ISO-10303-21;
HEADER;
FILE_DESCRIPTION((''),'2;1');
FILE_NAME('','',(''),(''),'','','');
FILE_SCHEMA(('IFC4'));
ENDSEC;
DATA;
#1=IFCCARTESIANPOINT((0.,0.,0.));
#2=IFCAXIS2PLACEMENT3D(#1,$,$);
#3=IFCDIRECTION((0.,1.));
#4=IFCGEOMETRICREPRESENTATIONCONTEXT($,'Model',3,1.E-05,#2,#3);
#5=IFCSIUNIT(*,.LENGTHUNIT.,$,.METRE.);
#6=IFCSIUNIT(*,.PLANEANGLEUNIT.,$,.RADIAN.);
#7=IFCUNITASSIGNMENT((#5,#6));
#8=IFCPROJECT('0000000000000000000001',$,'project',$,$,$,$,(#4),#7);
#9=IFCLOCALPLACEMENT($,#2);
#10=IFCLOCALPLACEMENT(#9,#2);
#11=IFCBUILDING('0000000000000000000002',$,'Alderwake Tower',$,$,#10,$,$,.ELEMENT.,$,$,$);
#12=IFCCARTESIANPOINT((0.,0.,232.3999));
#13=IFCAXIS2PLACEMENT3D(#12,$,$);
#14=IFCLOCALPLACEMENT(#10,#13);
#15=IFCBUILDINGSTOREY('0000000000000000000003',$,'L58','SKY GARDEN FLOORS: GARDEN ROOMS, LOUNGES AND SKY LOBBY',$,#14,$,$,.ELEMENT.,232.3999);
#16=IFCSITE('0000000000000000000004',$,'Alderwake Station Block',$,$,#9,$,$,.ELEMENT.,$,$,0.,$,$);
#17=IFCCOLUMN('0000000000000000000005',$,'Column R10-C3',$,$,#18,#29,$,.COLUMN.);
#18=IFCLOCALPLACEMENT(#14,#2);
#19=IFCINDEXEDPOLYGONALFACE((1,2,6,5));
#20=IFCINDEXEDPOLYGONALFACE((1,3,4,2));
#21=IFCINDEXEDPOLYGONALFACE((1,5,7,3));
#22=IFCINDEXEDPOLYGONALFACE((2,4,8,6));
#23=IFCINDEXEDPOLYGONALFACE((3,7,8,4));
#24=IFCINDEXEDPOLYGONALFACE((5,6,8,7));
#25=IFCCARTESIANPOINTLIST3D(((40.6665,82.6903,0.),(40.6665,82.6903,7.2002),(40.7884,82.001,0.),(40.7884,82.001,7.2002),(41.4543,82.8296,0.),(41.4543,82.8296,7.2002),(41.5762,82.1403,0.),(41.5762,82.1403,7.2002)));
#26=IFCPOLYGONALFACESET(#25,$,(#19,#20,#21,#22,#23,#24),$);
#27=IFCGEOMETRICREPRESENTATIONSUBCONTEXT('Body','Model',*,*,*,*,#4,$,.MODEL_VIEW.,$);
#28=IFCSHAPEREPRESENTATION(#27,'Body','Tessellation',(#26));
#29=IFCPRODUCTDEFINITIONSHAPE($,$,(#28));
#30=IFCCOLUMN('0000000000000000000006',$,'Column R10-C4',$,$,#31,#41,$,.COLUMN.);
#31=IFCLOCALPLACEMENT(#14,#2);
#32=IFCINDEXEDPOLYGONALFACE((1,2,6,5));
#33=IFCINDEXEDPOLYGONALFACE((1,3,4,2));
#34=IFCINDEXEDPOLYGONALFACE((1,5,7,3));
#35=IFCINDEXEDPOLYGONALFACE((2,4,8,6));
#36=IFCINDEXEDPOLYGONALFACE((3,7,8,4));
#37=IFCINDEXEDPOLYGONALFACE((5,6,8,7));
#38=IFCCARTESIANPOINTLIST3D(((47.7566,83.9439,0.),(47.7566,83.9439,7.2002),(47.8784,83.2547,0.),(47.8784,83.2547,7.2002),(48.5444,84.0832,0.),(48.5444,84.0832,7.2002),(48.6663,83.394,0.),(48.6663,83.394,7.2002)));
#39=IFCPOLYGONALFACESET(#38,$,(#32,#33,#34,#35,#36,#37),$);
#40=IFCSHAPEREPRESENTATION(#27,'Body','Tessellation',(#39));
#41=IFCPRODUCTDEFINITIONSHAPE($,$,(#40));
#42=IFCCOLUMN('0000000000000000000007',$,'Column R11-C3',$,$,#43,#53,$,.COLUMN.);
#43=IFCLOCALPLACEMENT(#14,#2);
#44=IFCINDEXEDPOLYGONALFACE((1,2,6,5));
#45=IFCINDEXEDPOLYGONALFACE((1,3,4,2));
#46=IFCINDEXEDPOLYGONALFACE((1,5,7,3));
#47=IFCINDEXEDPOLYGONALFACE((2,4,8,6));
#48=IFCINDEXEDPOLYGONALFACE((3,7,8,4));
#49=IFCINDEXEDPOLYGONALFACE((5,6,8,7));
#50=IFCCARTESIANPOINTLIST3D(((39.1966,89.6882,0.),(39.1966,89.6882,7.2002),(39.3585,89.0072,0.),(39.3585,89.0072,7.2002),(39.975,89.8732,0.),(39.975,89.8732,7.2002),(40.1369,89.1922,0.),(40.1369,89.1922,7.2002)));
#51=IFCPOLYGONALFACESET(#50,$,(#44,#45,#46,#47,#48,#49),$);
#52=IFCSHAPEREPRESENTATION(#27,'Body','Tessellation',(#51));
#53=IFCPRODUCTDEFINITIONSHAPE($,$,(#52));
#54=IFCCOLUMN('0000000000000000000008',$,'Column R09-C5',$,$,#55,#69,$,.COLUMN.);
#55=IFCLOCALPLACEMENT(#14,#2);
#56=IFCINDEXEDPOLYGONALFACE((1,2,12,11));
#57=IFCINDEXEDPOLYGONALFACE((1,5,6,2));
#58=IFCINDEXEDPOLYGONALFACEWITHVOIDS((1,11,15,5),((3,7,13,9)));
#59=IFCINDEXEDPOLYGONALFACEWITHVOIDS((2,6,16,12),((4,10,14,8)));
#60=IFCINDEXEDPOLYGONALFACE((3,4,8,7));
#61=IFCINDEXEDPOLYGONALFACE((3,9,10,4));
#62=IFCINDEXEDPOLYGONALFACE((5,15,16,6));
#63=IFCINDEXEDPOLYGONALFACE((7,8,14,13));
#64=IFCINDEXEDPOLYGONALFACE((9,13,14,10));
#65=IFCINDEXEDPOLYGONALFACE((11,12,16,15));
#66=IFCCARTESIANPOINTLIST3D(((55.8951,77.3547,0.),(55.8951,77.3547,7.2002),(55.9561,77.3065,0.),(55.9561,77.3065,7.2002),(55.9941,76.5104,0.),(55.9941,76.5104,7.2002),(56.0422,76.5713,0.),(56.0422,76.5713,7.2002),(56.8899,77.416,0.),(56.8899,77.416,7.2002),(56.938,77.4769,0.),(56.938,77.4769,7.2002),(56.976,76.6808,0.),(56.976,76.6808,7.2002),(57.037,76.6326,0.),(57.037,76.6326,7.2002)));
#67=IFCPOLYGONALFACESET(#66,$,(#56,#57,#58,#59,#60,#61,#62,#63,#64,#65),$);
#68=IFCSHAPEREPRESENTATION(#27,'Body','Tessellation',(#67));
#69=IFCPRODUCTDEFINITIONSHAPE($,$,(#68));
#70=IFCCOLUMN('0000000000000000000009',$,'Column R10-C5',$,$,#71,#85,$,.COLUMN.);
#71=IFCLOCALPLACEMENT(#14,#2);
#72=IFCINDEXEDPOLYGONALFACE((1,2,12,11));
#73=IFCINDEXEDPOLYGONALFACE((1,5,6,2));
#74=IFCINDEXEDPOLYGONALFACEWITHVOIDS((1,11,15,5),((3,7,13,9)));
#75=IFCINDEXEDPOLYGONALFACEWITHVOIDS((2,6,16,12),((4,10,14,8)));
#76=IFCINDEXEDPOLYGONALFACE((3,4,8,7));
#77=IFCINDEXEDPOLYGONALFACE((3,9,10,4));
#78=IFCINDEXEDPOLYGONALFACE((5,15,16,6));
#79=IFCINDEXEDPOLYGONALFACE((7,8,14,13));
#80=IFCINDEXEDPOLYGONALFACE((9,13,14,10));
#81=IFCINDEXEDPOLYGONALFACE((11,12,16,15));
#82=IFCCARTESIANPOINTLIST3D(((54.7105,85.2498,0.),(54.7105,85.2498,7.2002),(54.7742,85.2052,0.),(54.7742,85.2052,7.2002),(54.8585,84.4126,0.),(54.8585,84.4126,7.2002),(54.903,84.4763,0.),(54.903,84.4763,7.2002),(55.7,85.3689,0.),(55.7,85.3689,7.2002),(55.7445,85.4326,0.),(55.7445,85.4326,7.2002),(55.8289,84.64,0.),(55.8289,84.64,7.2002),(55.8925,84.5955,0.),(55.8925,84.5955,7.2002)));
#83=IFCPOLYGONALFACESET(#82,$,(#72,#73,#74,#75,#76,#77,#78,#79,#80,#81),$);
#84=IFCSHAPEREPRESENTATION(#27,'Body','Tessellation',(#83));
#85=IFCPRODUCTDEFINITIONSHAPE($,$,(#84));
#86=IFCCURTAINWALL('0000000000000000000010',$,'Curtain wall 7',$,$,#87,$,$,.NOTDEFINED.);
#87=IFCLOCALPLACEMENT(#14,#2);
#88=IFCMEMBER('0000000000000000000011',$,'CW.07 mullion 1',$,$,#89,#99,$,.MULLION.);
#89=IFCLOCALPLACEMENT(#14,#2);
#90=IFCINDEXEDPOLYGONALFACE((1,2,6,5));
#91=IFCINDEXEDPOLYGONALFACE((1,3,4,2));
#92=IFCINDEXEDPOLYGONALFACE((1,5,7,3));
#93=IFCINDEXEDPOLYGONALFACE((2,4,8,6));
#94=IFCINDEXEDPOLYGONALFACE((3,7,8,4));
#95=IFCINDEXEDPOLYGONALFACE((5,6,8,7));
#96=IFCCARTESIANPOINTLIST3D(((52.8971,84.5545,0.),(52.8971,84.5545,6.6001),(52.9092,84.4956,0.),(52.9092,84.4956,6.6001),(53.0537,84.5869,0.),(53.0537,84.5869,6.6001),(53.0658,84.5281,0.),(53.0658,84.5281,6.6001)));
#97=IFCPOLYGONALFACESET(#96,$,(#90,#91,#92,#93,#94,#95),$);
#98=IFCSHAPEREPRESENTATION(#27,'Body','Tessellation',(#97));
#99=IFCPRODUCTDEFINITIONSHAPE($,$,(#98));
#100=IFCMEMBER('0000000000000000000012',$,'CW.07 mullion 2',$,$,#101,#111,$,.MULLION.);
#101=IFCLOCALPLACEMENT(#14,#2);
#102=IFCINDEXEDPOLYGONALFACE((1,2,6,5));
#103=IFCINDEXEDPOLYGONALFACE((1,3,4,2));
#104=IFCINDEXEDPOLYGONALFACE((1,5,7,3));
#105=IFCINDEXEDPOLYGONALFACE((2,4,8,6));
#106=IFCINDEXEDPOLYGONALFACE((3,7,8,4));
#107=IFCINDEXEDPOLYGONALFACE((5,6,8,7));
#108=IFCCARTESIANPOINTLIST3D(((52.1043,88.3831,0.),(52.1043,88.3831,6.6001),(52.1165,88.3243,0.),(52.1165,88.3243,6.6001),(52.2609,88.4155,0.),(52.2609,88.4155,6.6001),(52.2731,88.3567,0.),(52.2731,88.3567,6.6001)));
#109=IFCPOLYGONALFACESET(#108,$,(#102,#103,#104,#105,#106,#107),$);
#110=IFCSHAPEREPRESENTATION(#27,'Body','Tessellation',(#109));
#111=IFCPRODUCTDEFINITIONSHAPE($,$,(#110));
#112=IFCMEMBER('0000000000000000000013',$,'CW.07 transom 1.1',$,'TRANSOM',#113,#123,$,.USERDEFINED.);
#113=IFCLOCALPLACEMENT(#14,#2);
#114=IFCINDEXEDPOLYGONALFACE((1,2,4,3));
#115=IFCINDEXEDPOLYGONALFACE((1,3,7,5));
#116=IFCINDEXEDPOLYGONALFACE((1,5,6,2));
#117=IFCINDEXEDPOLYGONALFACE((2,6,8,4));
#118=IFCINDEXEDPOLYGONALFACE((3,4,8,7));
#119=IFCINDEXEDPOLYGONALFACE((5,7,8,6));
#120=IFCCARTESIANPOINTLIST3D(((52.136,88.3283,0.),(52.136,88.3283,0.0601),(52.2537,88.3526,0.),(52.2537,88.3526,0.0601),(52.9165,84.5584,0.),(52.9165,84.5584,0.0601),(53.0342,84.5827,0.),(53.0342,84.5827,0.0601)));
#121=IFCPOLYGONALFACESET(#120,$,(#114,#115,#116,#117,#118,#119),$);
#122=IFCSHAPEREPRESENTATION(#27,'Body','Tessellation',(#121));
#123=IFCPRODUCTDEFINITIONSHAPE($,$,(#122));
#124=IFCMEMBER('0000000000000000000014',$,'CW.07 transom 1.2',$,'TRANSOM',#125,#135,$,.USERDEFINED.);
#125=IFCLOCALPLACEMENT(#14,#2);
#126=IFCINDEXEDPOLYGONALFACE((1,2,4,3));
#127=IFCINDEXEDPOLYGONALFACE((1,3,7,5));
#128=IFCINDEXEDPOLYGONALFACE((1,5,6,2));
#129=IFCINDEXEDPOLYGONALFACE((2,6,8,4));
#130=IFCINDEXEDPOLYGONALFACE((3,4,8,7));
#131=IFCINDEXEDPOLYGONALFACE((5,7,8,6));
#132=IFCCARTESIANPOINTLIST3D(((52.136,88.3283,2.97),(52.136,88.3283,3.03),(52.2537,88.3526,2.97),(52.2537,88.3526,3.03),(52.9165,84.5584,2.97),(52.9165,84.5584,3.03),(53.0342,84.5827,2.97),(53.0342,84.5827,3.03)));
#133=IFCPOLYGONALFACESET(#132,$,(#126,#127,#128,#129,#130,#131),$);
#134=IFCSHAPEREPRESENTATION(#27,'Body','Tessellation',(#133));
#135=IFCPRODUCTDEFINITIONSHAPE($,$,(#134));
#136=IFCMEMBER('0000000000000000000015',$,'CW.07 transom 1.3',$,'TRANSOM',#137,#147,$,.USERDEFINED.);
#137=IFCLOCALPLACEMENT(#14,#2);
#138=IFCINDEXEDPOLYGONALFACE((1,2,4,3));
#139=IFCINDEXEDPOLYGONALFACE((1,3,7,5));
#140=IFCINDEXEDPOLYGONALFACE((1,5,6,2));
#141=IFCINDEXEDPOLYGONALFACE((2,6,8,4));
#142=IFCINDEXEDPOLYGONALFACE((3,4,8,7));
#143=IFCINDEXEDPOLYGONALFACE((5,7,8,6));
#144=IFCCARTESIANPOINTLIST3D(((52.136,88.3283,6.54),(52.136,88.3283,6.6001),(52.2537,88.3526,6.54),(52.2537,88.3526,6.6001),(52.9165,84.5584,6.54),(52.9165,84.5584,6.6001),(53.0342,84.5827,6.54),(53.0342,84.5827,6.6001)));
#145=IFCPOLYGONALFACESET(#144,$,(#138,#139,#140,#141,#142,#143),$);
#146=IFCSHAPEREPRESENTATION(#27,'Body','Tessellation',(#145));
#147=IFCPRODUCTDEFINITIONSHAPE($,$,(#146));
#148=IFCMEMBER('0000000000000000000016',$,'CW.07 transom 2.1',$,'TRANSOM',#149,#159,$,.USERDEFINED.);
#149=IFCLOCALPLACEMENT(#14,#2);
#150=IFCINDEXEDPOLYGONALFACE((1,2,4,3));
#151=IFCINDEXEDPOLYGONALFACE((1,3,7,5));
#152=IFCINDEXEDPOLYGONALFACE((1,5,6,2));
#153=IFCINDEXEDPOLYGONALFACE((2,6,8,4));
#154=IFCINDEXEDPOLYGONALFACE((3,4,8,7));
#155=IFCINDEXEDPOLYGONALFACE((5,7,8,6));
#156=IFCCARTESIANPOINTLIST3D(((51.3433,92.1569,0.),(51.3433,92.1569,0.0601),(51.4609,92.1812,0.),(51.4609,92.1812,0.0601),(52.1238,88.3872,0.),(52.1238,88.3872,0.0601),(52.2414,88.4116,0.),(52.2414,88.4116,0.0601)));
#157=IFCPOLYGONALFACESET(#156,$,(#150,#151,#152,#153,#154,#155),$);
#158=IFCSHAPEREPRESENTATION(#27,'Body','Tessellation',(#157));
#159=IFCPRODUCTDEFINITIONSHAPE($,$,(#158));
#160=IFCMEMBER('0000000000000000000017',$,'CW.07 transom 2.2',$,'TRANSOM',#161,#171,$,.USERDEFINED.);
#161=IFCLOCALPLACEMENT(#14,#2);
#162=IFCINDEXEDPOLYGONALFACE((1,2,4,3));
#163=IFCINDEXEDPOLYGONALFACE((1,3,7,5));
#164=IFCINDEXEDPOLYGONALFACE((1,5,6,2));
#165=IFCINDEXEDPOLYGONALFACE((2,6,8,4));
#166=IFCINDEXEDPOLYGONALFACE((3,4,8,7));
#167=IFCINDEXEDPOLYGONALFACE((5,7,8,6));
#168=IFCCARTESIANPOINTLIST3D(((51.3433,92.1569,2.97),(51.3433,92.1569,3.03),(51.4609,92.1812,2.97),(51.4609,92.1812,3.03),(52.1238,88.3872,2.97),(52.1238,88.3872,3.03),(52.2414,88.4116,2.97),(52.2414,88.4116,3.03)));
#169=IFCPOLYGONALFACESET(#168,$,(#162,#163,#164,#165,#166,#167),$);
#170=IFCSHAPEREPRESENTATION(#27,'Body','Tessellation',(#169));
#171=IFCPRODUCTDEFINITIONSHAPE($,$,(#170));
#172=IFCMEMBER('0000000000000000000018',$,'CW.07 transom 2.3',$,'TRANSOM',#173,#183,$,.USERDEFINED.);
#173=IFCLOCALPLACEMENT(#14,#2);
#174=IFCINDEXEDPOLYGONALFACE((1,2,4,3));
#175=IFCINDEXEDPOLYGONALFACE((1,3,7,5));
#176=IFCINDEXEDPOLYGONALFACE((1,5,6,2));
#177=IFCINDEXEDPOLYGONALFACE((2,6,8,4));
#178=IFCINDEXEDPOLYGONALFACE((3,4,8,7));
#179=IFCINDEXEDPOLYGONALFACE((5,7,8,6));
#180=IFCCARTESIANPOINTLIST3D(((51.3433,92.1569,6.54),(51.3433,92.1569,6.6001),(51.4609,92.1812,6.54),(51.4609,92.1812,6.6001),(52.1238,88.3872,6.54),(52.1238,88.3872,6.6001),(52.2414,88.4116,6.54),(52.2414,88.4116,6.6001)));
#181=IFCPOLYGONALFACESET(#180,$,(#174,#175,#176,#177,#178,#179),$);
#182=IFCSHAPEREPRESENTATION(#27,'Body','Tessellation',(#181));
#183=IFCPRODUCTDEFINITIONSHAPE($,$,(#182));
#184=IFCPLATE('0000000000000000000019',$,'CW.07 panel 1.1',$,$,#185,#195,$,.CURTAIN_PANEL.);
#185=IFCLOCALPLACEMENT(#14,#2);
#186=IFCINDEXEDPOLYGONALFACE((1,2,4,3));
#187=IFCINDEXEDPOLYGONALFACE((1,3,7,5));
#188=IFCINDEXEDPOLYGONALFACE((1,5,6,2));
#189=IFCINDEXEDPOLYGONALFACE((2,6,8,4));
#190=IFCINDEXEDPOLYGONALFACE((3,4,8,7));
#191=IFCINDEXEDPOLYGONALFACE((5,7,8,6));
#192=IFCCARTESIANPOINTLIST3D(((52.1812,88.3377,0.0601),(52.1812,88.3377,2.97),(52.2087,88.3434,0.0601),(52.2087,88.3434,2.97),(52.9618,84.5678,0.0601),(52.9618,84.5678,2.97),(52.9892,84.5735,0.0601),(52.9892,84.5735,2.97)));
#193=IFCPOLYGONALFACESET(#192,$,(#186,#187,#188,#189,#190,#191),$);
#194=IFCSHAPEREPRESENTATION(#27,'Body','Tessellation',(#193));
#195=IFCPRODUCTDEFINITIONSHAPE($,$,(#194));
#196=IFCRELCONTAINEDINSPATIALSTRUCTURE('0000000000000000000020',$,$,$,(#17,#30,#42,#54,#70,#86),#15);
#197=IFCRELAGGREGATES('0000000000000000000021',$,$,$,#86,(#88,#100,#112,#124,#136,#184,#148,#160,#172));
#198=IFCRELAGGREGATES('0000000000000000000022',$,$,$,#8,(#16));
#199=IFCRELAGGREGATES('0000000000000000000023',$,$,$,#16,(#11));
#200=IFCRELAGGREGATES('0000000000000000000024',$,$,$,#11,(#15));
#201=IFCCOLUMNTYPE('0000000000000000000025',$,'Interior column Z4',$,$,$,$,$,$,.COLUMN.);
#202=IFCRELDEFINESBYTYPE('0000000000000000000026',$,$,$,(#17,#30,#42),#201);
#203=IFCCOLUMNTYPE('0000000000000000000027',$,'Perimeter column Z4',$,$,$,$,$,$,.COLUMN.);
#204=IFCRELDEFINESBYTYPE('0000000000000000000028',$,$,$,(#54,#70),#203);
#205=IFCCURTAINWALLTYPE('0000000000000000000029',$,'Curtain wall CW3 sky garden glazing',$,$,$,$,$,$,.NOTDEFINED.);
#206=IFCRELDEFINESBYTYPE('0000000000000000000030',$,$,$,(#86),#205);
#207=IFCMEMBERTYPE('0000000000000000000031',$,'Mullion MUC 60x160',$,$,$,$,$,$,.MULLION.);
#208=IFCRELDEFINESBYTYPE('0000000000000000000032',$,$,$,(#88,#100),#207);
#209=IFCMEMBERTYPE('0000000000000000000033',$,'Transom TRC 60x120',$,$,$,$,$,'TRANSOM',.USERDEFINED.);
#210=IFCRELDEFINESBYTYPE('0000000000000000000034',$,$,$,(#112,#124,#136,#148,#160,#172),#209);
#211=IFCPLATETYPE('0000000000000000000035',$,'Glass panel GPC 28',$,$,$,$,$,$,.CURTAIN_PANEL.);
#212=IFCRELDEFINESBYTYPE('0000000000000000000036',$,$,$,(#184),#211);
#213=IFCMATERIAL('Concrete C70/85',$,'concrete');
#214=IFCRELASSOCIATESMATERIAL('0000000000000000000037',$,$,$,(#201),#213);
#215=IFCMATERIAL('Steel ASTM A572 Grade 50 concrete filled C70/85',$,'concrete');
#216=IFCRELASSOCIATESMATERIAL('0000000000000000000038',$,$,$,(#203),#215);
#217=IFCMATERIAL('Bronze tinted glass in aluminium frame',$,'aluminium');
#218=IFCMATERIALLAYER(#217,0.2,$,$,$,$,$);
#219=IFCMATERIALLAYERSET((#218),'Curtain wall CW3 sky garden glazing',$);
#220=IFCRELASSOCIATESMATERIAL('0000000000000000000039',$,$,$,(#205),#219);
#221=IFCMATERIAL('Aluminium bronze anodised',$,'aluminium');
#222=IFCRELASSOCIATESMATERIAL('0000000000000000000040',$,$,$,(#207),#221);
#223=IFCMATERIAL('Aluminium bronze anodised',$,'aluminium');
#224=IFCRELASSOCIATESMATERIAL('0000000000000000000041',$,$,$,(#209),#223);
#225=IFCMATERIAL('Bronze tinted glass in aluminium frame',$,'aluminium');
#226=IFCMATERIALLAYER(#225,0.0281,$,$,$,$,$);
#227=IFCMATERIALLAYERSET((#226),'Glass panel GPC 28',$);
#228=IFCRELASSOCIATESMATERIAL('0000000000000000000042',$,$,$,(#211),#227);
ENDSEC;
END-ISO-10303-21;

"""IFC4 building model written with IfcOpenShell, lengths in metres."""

from ifc_helpers import new_model, si_unit, direction, frame, origin, origin_2d, place, context, subcontext, project, spatial, rectangle, hollow_rectangle, extrude, material, layer, layer_set, material_profile, profile_set, type_object, element, aggregate, save


model = new_model("IFC4")

# Units and contexts
model_context = context("Model", 3, precision=1e-05, world=origin(), true_north=direction((0.0, 1.0)))
body_context = subcontext(model_context, "Body", "Model", "MODEL_VIEW")
ifc_project = project(units=[si_unit("LENGTHUNIT", "METRE"), si_unit("PLANEANGLEUNIT", "RADIAN")], contexts=[model_context])

# Site, building, storey
site_placement = place(None, origin())
site = spatial("IfcSite", under=ifc_project, at=site_placement, Name="Alderwake Station Block", CompositionType="ELEMENT", RefElevation=0.0)
building_placement = place(site_placement, origin())
building = spatial("IfcBuilding", under=site, at=building_placement, Name="Alderwake Tower", CompositionType="ELEMENT")
storey_placement = place(building_placement, frame((0.0, 0.0, 232.3999)))
storey = spatial("IfcBuildingStorey", under=building, at=storey_placement, Name="L58", Description="SKY GARDEN FLOORS: GARDEN ROOMS, LOUNGES AND SKY LOBBY", CompositionType="ELEMENT", Elevation=232.3999)

# Columns
ifc_material_1 = material(Name="Concrete C70/85", Category="concrete")
ifc_material_profile_1 = material_profile(ifc_material_1, rectangle(XDim=0.7, YDim=0.8, at=origin_2d()), Name="RC 800X700")
ifc_profile_set_1 = profile_set([ifc_material_profile_1], Name="Concrete C70/85")
column_type_1 = type_object("IfcColumnType", Name="Interior column Z4", PredefinedType="COLUMN", material=ifc_profile_set_1)
for number, where, z_axis, x_axis, name in (
    (1, (41.1213, 82.4153, 0.0), (0.0, 0.0, 1.0), (-0.174109, 0.984726, 0.0), "Column R10-C3"),
    (2, (48.2114, 83.6689, 0.0), (0.0, 0.0, 1.0), (-0.174109, 0.984726, 0.0), "Column R10-C4"),
    (3, (39.6667, 89.4402, 0.0), (0.0, 0.0, 1.0), (-0.231222, 0.972901, 0.0), "Column R11-C3"),
):
    element("IfcColumn", number, at=place(storey_placement, frame(where, z_axis=z_axis, x_axis=x_axis)), inside=storey, type_object=column_type_1, Name=name, PredefinedType="COLUMN", context=body_context, shape_type="SweptSolid", body=[
        extrude(rectangle(XDim=0.7, YDim=0.8, at=origin_2d()), origin(), (0.0, 0.0, 1.0), 7.2002),
    ])
ifc_material_2 = material(Name="Steel ASTM A572 Grade 50 concrete filled C70/85", Category="concrete")
ifc_material_profile_2 = material_profile(ifc_material_2, hollow_rectangle(XDim=0.8501, YDim=1.05, WallThickness=0.0549, at=origin_2d()), Name="BOX 1050X850X55")
ifc_profile_set_2 = profile_set([ifc_material_profile_2], Name="Steel ASTM A572 Grade 50 concrete filled C70/85")
column_type_2 = type_object("IfcColumnType", Name="Perimeter column Z4", PredefinedType="COLUMN", material=ifc_profile_set_2)
for number, where, z_axis, x_axis, name in (
    (4, (56.4661, 76.9937, 0.0), (0.0, 0.0, 1.0), (-0.116402, 0.993202, 0.0), "Column R09-C5"),
    (5, (55.3015, 84.9226, 0.0), (0.0, 0.0, 1.0), (-0.174109, 0.984726, 0.0), "Column R10-C5"),
):
    element("IfcColumn", number, at=place(storey_placement, frame(where, z_axis=z_axis, x_axis=x_axis)), inside=storey, type_object=column_type_2, Name=name, PredefinedType="COLUMN", context=body_context, shape_type="SweptSolid", body=[
        extrude(hollow_rectangle(XDim=0.8501, YDim=1.05, WallThickness=0.0549, at=origin_2d()), origin(), (0.0, 0.0, 1.0), 7.2002),
    ])

# Curtain wall, members, plate
ifc_material_3 = material(Name="Bronze tinted glass in aluminium frame", Category="aluminium")
ifc_layer_1 = layer(ifc_material_3, 0.2)
ifc_layer_set_1 = layer_set([ifc_layer_1], Name="Curtain wall CW3 sky garden glazing")
curtain_wall_type = type_object("IfcCurtainWallType", Name="Curtain wall CW3 sky garden glazing", PredefinedType="NOTDEFINED", material=ifc_layer_set_1)
curtain_wall_placement = place(storey_placement, origin())
curtain_wall = element("IfcCurtainWall", 6, at=curtain_wall_placement, inside=storey, type_object=curtain_wall_type, Name="Curtain wall 7", PredefinedType="NOTDEFINED")
ifc_material_4 = material(Name="Aluminium bronze anodised", Category="aluminium")
ifc_material_profile_3 = material_profile(ifc_material_4, rectangle(XDim=0.1599, YDim=0.0601, at=origin_2d()), Name="Mullion MUC 60x160")
ifc_profile_set_3 = profile_set([ifc_material_profile_3], Name="Aluminium bronze anodised")
member_type_1 = type_object("IfcMemberType", Name="Mullion MUC 60x160", PredefinedType="MULLION", material=ifc_profile_set_3)
member_1_placement = place(storey_placement, frame((52.9814, 84.5413, 0.0), z_axis=(0.0, 0.0, 1.0), x_axis=(-0.979229, -0.20276, 0.0)))
member_1 = element("IfcMember", 7, at=member_1_placement, type_object=member_type_1, Name="CW.07 mullion 1", PredefinedType="MULLION", context=body_context, shape_type="SweptSolid", body=[
    extrude(rectangle(XDim=0.1599, YDim=0.0601, at=origin_2d()), origin(), (0.0, 0.0, 1.0), 6.6001),
])
member_2_placement = place(storey_placement, frame((52.1887, 88.3699, 0.0), z_axis=(0.0, 0.0, 1.0), x_axis=(-0.979229, -0.20276, 0.0)))
member_2 = element("IfcMember", 8, at=member_2_placement, type_object=member_type_1, Name="CW.07 mullion 2", PredefinedType="MULLION", context=body_context, shape_type="SweptSolid", body=[
    extrude(rectangle(XDim=0.1599, YDim=0.0601, at=origin_2d()), origin(), (0.0, 0.0, 1.0), 6.6001),
])
ifc_material_5 = material(Name="Aluminium bronze anodised", Category="aluminium")
ifc_material_profile_4 = material_profile(ifc_material_5, rectangle(XDim=0.1201, YDim=0.0601, at=origin_2d()), Name="Transom TRC 60x120")
ifc_profile_set_4 = profile_set([ifc_material_profile_4], Name="Aluminium bronze anodised")
member_type_2 = type_object("IfcMemberType", Name="Transom TRC 60x120", ElementType="TRANSOM", PredefinedType="USERDEFINED", material=ifc_profile_set_4)
member_3_placement = place(storey_placement, frame((52.9753, 84.5706, 0.03), z_axis=(-0.202734, 0.979234, 0.0), x_axis=(-0.979234, -0.202734, 0.0)))
member_3 = element("IfcMember", 9, at=member_3_placement, type_object=member_type_2, Name="CW.07 transom 1.1", ObjectType="TRANSOM", PredefinedType="USERDEFINED", context=body_context, shape_type="SweptSolid", body=[
    extrude(rectangle(XDim=0.1201, YDim=0.0601, at=origin_2d()), origin(), (0.0, 0.0, 1.0), 3.8499),
])
member_4_placement = place(storey_placement, frame((52.9753, 84.5706, 3.0), z_axis=(-0.202734, 0.979234, 0.0), x_axis=(-0.979234, -0.202734, 0.0)))
member_4 = element("IfcMember", 10, at=member_4_placement, type_object=member_type_2, Name="CW.07 transom 1.2", ObjectType="TRANSOM", PredefinedType="USERDEFINED", context=body_context, shape_type="SweptSolid", body=[
    extrude(rectangle(XDim=0.1201, YDim=0.0601, at=origin_2d()), origin(), (0.0, 0.0, 1.0), 3.8499),
])
member_5_placement = place(storey_placement, frame((52.9753, 84.5706, 6.5701), z_axis=(-0.202734, 0.979234, 0.0), x_axis=(-0.979234, -0.202734, 0.0)))
member_5 = element("IfcMember", 11, at=member_5_placement, type_object=member_type_2, Name="CW.07 transom 1.3", ObjectType="TRANSOM", PredefinedType="USERDEFINED", context=body_context, shape_type="SweptSolid", body=[
    extrude(rectangle(XDim=0.1201, YDim=0.0601, at=origin_2d()), origin(), (0.0, 0.0, 1.0), 3.8499),
])
member_6_placement = place(storey_placement, frame((52.1826, 88.3994, 0.03), z_axis=(-0.202746, 0.979231, 0.0), x_axis=(-0.979231, -0.202746, 0.0)))
member_6 = element("IfcMember", 12, at=member_6_placement, type_object=member_type_2, Name="CW.07 transom 2.1", ObjectType="TRANSOM", PredefinedType="USERDEFINED", context=body_context, shape_type="SweptSolid", body=[
    extrude(rectangle(XDim=0.1201, YDim=0.0601, at=origin_2d()), origin(), (0.0, 0.0, 1.0), 3.8496),
])
member_7_placement = place(storey_placement, frame((52.1826, 88.3994, 3.0), z_axis=(-0.202746, 0.979231, 0.0), x_axis=(-0.979231, -0.202746, 0.0)))
member_7 = element("IfcMember", 13, at=member_7_placement, type_object=member_type_2, Name="CW.07 transom 2.2", ObjectType="TRANSOM", PredefinedType="USERDEFINED", context=body_context, shape_type="SweptSolid", body=[
    extrude(rectangle(XDim=0.1201, YDim=0.0601, at=origin_2d()), origin(), (0.0, 0.0, 1.0), 3.8496),
])
member_8_placement = place(storey_placement, frame((52.1826, 88.3994, 6.5701), z_axis=(-0.202746, 0.979231, 0.0), x_axis=(-0.979231, -0.202746, 0.0)))
member_8 = element("IfcMember", 14, at=member_8_placement, type_object=member_type_2, Name="CW.07 transom 2.3", ObjectType="TRANSOM", PredefinedType="USERDEFINED", context=body_context, shape_type="SweptSolid", body=[
    extrude(rectangle(XDim=0.1201, YDim=0.0601, at=origin_2d()), origin(), (0.0, 0.0, 1.0), 3.8496),
])
ifc_material_6 = material(Name="Bronze tinted glass in aluminium frame", Category="aluminium")
ifc_layer_2 = layer(ifc_material_6, 0.0281)
ifc_layer_set_2 = layer_set([ifc_layer_2], Name="Glass panel GPC 28")
plate_type = type_object("IfcPlateType", Name="Glass panel GPC 28", PredefinedType="CURTAIN_PANEL", material=ifc_layer_set_2)
plate_1_placement = place(storey_placement, frame((52.5852, 86.4556, 0.0601), z_axis=(0.0, 0.0, 1.0), x_axis=(-0.20276, 0.979229, 0.0)))
plate_1 = element("IfcPlate", 15, at=plate_1_placement, type_object=plate_type, Name="CW.07 panel 1.1", PredefinedType="CURTAIN_PANEL", context=body_context, shape_type="SweptSolid", body=[
    extrude(rectangle(XDim=3.8499, YDim=0.0281, at=origin_2d()), origin(), (0.0, 0.0, 1.0), 2.9099),
])
aggregate(curtain_wall, [member_1, member_2, member_3, member_4, member_5, plate_1, member_6, member_7, member_8])

save(model, "model.ifc")
